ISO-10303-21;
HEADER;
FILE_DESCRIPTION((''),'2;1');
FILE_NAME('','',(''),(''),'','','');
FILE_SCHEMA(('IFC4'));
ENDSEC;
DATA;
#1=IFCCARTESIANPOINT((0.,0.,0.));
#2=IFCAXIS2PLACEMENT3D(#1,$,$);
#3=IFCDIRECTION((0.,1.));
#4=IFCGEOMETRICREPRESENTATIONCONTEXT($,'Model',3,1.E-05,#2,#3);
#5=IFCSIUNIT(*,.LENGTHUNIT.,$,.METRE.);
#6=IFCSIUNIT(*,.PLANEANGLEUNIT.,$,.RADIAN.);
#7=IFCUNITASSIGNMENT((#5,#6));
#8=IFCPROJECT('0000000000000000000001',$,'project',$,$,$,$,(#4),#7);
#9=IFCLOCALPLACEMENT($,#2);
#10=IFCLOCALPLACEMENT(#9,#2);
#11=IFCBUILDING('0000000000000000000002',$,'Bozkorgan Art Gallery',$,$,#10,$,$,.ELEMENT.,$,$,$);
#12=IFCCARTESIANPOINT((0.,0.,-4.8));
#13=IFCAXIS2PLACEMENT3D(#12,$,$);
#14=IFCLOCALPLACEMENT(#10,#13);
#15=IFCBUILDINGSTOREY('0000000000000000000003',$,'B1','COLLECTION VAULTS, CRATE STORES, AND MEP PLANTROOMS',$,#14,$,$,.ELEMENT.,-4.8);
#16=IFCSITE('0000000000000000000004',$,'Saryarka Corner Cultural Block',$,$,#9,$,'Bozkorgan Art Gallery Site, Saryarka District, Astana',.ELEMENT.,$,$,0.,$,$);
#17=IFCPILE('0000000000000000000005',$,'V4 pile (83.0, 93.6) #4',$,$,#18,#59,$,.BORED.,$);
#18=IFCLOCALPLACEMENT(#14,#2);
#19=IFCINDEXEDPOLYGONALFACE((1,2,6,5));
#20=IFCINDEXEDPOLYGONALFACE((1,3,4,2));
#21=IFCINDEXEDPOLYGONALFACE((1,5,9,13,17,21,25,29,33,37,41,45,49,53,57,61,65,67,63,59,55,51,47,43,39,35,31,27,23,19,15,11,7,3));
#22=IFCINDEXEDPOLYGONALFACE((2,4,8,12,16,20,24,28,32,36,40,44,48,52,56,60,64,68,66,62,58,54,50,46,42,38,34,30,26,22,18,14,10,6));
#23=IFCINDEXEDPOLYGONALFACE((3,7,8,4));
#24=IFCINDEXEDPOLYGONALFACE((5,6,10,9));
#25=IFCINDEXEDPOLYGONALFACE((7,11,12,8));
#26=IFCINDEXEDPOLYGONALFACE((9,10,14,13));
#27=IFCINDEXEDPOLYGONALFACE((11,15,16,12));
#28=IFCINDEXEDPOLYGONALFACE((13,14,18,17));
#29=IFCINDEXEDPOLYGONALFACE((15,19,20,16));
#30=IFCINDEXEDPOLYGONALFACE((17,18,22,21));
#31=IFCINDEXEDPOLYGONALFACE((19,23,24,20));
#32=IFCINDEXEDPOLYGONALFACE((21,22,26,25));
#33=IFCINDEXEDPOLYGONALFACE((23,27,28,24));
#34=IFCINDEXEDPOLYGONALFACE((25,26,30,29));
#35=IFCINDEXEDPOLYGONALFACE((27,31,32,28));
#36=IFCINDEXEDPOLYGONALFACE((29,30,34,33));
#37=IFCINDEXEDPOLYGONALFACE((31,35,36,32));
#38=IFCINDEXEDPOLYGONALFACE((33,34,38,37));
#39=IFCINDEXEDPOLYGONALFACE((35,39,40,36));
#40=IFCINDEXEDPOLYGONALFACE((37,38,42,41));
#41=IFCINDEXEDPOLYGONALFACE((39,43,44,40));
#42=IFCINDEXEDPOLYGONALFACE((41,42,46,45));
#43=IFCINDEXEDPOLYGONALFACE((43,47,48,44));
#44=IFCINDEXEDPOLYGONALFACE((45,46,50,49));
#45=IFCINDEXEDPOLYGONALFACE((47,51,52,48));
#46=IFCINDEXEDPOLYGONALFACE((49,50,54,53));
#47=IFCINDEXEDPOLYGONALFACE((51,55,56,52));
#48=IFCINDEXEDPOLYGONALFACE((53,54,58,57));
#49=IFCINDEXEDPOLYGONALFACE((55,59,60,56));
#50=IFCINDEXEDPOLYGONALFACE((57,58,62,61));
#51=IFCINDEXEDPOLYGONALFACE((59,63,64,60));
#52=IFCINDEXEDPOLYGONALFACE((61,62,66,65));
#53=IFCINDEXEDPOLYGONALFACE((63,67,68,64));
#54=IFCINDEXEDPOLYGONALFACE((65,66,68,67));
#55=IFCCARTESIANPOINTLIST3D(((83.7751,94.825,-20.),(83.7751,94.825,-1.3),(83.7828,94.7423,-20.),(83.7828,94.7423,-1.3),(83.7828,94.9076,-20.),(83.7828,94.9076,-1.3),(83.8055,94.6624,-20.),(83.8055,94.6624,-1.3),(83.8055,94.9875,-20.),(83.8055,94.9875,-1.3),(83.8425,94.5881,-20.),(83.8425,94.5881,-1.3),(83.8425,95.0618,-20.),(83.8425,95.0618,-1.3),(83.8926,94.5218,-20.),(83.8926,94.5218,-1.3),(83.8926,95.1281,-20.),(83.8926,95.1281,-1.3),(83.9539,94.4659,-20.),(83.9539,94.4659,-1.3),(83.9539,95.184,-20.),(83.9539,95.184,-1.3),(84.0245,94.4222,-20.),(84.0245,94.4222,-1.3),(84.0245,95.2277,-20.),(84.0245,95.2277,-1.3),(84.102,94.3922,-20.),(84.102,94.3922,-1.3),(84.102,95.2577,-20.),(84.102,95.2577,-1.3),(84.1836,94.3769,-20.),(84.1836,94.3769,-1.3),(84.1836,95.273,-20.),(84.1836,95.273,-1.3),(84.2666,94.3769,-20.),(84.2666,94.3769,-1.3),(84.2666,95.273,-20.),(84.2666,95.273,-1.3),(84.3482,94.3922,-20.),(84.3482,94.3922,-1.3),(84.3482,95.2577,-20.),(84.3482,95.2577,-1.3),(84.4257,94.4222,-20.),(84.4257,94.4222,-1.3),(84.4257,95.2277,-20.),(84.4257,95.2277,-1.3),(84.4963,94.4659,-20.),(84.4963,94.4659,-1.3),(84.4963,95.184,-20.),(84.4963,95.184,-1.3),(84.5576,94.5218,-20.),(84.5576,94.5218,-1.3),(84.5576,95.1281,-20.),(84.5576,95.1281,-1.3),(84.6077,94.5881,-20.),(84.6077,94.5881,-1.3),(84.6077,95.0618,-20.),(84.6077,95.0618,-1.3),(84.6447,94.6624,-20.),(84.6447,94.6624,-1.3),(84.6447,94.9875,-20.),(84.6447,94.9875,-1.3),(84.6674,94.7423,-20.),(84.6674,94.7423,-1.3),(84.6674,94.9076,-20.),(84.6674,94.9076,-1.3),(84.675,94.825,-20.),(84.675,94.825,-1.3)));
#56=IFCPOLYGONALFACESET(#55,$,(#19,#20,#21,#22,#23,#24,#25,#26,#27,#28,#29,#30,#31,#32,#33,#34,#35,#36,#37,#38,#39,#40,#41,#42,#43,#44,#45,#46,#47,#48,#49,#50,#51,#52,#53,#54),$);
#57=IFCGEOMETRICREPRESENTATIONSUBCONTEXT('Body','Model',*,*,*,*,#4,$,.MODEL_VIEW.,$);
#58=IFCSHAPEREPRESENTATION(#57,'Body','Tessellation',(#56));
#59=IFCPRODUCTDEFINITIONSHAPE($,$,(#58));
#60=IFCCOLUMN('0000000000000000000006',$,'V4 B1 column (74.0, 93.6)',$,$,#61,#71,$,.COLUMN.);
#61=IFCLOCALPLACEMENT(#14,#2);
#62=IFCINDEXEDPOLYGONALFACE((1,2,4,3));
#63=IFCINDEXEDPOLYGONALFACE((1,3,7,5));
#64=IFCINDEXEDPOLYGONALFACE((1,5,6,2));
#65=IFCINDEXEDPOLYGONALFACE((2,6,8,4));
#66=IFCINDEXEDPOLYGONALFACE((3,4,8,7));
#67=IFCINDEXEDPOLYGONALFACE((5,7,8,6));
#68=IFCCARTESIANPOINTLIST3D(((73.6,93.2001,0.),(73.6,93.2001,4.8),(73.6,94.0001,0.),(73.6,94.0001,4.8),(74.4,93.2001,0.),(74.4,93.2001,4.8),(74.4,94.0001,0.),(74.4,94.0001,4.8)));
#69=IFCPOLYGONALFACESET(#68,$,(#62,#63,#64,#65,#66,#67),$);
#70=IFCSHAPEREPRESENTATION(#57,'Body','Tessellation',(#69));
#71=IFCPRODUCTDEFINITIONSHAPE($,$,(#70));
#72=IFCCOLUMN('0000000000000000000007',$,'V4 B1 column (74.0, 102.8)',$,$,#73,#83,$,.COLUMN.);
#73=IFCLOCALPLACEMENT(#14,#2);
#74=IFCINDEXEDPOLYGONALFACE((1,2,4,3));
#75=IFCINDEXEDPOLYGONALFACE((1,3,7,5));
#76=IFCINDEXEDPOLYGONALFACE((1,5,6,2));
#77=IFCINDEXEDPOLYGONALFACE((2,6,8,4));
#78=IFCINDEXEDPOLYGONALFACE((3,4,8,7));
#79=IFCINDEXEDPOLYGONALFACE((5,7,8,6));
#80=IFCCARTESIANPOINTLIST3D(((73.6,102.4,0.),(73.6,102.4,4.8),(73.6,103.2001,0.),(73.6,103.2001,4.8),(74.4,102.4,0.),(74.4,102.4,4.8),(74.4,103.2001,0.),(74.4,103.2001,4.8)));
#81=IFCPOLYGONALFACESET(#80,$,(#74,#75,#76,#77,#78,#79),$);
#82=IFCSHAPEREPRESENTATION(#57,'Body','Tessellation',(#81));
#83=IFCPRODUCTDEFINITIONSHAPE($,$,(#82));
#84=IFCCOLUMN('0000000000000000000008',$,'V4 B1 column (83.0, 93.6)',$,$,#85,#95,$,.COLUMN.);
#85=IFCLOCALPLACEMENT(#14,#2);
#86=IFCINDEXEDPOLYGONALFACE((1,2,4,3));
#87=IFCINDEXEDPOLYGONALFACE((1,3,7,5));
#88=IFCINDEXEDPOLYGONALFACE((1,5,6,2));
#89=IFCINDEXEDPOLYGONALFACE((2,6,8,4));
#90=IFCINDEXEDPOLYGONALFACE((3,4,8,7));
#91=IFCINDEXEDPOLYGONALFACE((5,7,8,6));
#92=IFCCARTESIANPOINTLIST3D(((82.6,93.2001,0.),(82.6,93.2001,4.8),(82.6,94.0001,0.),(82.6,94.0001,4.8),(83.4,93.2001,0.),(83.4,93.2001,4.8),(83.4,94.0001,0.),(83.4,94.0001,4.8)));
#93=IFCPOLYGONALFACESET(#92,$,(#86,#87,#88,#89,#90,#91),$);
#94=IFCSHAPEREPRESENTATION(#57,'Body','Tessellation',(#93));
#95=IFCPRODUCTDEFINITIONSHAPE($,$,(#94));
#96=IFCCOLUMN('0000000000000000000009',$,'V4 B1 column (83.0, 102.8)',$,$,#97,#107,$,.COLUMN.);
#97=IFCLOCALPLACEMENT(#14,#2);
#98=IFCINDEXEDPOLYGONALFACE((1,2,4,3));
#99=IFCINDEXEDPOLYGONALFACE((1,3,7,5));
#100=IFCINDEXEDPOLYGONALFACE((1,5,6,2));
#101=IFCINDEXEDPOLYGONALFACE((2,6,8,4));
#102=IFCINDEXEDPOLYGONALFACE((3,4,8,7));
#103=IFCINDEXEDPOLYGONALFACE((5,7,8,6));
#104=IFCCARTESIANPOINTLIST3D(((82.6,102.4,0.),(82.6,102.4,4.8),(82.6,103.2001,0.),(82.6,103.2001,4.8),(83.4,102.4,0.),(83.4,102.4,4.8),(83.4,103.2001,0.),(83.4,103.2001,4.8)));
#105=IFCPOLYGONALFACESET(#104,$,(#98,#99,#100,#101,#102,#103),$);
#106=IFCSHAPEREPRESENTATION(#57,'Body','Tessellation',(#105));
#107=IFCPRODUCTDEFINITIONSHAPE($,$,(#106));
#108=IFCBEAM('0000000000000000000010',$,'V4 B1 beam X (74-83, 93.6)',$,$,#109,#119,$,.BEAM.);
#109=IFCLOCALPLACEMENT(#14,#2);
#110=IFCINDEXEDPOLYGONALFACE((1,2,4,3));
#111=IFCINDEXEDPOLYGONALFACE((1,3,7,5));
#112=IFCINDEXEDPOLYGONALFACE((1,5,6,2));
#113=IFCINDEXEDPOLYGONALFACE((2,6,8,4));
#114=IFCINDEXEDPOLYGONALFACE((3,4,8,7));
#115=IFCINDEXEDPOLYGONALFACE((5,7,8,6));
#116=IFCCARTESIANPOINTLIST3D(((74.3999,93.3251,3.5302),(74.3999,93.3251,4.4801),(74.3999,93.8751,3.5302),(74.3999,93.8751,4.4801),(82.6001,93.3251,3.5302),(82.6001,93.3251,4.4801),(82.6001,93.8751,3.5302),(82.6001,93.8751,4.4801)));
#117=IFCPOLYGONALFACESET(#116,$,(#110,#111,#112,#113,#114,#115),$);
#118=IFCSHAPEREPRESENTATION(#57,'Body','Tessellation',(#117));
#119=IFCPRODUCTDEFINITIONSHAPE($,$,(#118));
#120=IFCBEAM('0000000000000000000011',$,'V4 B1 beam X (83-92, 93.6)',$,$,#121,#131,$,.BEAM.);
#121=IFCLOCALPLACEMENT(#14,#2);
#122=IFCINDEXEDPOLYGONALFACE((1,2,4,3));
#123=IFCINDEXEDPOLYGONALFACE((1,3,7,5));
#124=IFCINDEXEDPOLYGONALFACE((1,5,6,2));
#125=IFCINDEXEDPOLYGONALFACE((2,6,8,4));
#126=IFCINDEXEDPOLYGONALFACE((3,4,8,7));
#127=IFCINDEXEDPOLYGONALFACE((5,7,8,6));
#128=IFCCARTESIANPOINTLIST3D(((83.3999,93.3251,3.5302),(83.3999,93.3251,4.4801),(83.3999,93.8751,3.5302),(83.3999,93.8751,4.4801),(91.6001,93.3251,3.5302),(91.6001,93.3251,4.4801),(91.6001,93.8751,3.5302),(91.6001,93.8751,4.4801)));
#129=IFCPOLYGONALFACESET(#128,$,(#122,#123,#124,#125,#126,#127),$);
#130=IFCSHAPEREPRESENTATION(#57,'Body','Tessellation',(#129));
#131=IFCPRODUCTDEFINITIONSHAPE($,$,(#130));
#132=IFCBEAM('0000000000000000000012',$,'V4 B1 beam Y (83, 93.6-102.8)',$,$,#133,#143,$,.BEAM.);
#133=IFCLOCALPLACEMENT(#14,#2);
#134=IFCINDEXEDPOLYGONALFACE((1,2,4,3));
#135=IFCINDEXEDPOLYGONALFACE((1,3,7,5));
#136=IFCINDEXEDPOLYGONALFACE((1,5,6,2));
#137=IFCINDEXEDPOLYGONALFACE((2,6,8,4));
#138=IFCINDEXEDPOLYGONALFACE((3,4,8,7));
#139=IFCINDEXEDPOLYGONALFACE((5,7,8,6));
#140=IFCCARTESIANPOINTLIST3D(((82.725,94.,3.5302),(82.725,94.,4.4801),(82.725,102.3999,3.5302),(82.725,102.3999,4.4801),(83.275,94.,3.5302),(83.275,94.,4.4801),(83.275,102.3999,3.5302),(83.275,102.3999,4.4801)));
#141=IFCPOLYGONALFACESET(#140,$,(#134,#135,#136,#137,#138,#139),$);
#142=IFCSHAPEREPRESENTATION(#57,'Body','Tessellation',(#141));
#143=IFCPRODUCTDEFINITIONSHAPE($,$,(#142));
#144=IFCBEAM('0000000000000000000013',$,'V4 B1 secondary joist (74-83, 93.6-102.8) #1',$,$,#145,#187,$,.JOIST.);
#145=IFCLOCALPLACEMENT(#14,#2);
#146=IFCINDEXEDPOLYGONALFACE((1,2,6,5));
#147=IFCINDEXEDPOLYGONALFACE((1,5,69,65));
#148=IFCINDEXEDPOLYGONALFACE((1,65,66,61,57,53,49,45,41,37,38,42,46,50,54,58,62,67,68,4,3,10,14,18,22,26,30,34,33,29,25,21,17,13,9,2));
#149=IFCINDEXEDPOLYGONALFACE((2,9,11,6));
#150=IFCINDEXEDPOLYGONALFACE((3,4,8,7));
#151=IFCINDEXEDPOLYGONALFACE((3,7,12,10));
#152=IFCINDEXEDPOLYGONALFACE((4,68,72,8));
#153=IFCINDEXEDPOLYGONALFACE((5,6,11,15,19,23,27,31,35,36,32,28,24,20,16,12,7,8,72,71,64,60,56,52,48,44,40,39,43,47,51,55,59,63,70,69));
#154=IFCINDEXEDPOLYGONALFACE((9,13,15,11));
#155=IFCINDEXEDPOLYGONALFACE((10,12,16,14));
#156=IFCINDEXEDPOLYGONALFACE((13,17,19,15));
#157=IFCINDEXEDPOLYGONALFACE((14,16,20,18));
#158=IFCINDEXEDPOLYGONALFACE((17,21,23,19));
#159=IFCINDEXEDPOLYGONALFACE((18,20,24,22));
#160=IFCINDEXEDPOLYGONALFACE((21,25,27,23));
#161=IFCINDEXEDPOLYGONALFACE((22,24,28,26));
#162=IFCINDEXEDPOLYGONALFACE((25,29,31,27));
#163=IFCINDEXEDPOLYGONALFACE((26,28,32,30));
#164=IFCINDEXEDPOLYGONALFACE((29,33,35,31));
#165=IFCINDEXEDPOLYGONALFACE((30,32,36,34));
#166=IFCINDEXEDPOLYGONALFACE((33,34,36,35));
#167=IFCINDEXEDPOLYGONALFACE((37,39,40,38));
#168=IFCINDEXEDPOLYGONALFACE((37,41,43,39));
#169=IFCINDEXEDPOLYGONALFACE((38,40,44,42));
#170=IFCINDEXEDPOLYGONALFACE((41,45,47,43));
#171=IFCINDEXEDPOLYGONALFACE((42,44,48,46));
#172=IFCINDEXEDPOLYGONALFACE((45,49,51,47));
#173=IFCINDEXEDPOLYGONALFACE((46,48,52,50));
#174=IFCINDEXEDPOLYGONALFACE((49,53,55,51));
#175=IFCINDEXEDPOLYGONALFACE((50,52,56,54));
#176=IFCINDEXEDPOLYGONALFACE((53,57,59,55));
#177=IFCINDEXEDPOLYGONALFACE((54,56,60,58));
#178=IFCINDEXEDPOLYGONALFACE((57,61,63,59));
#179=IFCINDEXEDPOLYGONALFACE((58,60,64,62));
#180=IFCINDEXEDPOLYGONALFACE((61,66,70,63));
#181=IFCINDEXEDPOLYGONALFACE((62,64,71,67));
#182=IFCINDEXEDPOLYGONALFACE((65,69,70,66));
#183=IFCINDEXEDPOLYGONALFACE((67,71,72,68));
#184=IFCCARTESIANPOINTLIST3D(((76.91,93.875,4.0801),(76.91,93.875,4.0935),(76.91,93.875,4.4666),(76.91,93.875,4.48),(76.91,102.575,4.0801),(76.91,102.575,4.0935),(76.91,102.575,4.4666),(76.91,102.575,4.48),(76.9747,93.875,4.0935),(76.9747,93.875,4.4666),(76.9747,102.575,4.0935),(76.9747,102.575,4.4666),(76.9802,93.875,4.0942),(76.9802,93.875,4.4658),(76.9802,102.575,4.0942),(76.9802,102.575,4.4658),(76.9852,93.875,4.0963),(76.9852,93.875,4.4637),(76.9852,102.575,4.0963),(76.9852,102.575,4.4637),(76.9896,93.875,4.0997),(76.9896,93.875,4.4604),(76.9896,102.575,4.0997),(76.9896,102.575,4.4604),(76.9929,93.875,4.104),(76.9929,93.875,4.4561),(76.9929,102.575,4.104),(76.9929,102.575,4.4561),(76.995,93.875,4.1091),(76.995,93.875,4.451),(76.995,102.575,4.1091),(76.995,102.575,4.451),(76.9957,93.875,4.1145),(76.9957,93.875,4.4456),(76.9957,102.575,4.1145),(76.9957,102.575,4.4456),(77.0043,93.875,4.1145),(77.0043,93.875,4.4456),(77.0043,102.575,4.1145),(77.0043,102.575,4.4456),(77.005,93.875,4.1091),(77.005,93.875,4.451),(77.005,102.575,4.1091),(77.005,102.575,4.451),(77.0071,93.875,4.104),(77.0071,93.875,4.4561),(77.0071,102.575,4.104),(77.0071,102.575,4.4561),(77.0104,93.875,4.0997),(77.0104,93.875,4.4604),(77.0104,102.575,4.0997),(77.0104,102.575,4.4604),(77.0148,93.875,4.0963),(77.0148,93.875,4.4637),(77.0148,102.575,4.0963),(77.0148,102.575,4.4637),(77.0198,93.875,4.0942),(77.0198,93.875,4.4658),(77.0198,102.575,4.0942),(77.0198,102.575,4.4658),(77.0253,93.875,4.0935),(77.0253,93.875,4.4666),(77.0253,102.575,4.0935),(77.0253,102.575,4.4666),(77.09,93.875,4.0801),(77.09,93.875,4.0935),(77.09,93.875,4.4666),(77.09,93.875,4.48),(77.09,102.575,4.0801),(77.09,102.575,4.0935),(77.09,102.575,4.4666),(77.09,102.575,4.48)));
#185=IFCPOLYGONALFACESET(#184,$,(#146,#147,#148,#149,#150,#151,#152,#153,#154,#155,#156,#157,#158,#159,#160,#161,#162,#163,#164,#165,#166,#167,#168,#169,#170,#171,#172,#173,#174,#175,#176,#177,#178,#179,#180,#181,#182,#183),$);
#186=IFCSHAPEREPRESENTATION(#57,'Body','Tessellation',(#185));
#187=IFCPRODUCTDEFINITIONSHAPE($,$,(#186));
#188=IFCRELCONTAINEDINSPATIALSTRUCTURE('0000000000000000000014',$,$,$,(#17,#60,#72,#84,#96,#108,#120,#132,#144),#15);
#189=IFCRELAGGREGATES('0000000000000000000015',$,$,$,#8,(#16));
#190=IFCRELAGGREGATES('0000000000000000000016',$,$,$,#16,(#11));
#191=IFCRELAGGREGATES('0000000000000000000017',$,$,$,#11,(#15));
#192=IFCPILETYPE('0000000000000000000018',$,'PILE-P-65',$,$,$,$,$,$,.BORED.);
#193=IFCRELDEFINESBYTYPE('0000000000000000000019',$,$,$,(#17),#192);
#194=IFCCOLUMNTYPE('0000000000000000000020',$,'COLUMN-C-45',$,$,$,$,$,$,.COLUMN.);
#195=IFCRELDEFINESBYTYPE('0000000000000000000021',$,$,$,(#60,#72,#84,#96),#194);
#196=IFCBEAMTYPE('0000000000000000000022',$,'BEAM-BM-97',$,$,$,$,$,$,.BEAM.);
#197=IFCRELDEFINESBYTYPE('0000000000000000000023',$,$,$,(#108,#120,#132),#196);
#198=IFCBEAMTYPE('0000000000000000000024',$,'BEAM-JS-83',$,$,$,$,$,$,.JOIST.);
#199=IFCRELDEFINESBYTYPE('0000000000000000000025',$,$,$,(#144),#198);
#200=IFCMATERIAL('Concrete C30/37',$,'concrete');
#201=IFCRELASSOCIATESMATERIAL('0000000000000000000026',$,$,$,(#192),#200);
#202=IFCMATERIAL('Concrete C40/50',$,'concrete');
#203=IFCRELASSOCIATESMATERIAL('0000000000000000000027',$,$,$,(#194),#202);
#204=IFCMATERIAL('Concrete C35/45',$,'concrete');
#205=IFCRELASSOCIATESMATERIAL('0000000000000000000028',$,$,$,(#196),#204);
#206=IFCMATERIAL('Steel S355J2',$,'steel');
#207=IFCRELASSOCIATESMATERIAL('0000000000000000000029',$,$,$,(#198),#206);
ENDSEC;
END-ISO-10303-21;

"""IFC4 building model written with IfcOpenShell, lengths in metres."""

from ifc_helpers import new_model, si_unit, direction, frame, origin, origin_2d, place, context, subcontext, project, spatial, rectangle, circle, i_section, extrude, material, material_profile, profile_set, type_object, element, save


model = new_model("IFC4")

# Units and contexts
model_context = context("Model", 3, precision=1e-05, world=origin(), true_north=direction((0.0, 1.0)))
body_context = subcontext(model_context, "Body", "Model", "MODEL_VIEW")
ifc_project = project(units=[si_unit("LENGTHUNIT", "METRE"), si_unit("PLANEANGLEUNIT", "RADIAN")], contexts=[model_context])

# Site, building, storey
site_placement = place(None, origin())
site = spatial("IfcSite", under=ifc_project, at=site_placement, Name="Saryarka Corner Cultural Block", LongName="Bozkorgan Art Gallery Site, Saryarka District, Astana", CompositionType="ELEMENT", RefElevation=0.0)
building_placement = place(site_placement, origin())
building = spatial("IfcBuilding", under=site, at=building_placement, Name="Bozkorgan Art Gallery", CompositionType="ELEMENT")
storey_placement = place(building_placement, frame((0.0, 0.0, -4.8)))
storey = spatial("IfcBuildingStorey", under=building, at=storey_placement, Name="B1", Description="COLLECTION VAULTS, CRATE STORES, AND MEP PLANTROOMS", CompositionType="ELEMENT", Elevation=-4.8)

# Shared definitions
ifc_material_1 = material(Name="Concrete C30/37", Category="concrete")

# Pile
ifc_material_profile_1 = material_profile(ifc_material_1, circle(Radius=0.45, at=origin_2d()), Name="PILE D900")
ifc_profile_set_1 = profile_set([ifc_material_profile_1], Name="Concrete C30/37")
pile_type_1 = type_object("IfcPileType", Name="PILE-P-65", PredefinedType="BORED", material=ifc_profile_set_1)
for number, where, z_axis, x_axis, name in (
    (1, (84.2251, 94.825, -1.3), (0.0, 0.0, -1.0), (1.0, 0.0, 0.0), "V4 pile (83.0, 93.6) #4"),
):
    element("IfcPile", number, at=place(storey_placement, frame(where, z_axis=z_axis, x_axis=x_axis)), inside=storey, type_object=pile_type_1, Name=name, PredefinedType="BORED", context=body_context, shape_type="SweptSolid", body=[
        extrude(circle(Radius=0.45, at=origin_2d()), origin(), (0.0, 0.0, 1.0), 18.7),
    ])

# Columns
ifc_material_2 = material(Name="Concrete C40/50", Category="concrete")
ifc_material_profile_2 = material_profile(ifc_material_2, rectangle(XDim=0.8, YDim=0.8, at=origin_2d()), Name="RC 800x800")
ifc_profile_set_2 = profile_set([ifc_material_profile_2], Name="Concrete C40/50")
column_type = type_object("IfcColumnType", Name="COLUMN-C-45", PredefinedType="COLUMN", material=ifc_profile_set_2)
for number, where, z_axis, x_axis, name in (
    (2, (74.0, 93.6001, 0.0), (0.0, 0.0, 1.0), (1.0, 0.0, 0.0), "V4 B1 column (74.0, 93.6)"),
    (3, (74.0, 102.8, 0.0), (0.0, 0.0, 1.0), (1.0, 0.0, 0.0), "V4 B1 column (74.0, 102.8)"),
    (4, (83.0, 93.6001, 0.0), (0.0, 0.0, 1.0), (1.0, 0.0, 0.0), "V4 B1 column (83.0, 93.6)"),
    (5, (83.0, 102.8, 0.0), (0.0, 0.0, 1.0), (1.0, 0.0, 0.0), "V4 B1 column (83.0, 102.8)"),
):
    element("IfcColumn", number, at=place(storey_placement, frame(where, z_axis=z_axis, x_axis=x_axis)), inside=storey, type_object=column_type, Name=name, PredefinedType="COLUMN", context=body_context, shape_type="SweptSolid", body=[
        extrude(rectangle(XDim=0.8, YDim=0.8, at=origin_2d()), origin(), (0.0, 0.0, 1.0), 4.8),
    ])

# Beams
ifc_material_3 = material(Name="Concrete C35/45", Category="concrete")
ifc_material_profile_3 = material_profile(ifc_material_3, rectangle(XDim=0.55, YDim=0.95, at=origin_2d()), Name="RC 550x950")
ifc_profile_set_3 = profile_set([ifc_material_profile_3], Name="Concrete C35/45")
beam_type_1 = type_object("IfcBeamType", Name="BEAM-BM-97", PredefinedType="BEAM", material=ifc_profile_set_3)
for number, where, z_axis, x_axis, name in (
    (6, (74.3999, 93.6001, 4.0051), (1.0, 0.0, 0.0), (0.0, 1.0, 0.0), "V4 B1 beam X (74-83, 93.6)"),
    (7, (83.3999, 93.6001, 4.0051), (1.0, 0.0, 0.0), (0.0, 1.0, 0.0), "V4 B1 beam X (83-92, 93.6)"),
):
    element("IfcBeam", number, at=place(storey_placement, frame(where, z_axis=z_axis, x_axis=x_axis)), inside=storey, type_object=beam_type_1, Name=name, PredefinedType="BEAM", context=body_context, shape_type="SweptSolid", body=[
        extrude(rectangle(XDim=0.55, YDim=0.95, at=origin_2d()), origin(), (0.0, 0.0, 1.0), 8.2002),
    ])
beam_1_placement = place(storey_placement, frame((83.0, 94.0, 4.0051), z_axis=(0.0, 1.0, 0.0), x_axis=(-1.0, 0.0, 0.0)))
element("IfcBeam", 8, at=beam_1_placement, inside=storey, type_object=beam_type_1, Name="V4 B1 beam Y (83, 93.6-102.8)", PredefinedType="BEAM", context=body_context, shape_type="SweptSolid", body=[
    extrude(rectangle(XDim=0.55, YDim=0.95, at=origin_2d()), origin(), (0.0, 0.0, 1.0), 8.3999),
])
ifc_material_4 = material(Name="Steel S355J2", Category="steel")
ifc_material_profile_4 = material_profile(ifc_material_4, i_section(OverallWidth=0.1799, OverallDepth=0.3999, WebThickness=0.0085, FlangeThickness=0.0134, FilletRadius=0.021, at=origin_2d()), Name="IPE 400")
ifc_profile_set_4 = profile_set([ifc_material_profile_4], Name="Steel S355J2")
beam_type_2 = type_object("IfcBeamType", Name="BEAM-JS-83", PredefinedType="JOIST", material=ifc_profile_set_4)
for number, where, z_axis, x_axis, name in (
    (9, (77.0, 93.875, 4.28), (0.0, 1.0, 0.0), (-1.0, 0.0, 0.0), "V4 B1 secondary joist (74-83, 93.6-102.8) #1"),
):
    element("IfcBeam", number, at=place(storey_placement, frame(where, z_axis=z_axis, x_axis=x_axis)), inside=storey, type_object=beam_type_2, Name=name, PredefinedType="JOIST", context=body_context, shape_type="SweptSolid", body=[
        extrude(i_section(OverallWidth=0.1799, OverallDepth=0.3999, WebThickness=0.0085, FlangeThickness=0.0134, FilletRadius=0.021, at=origin_2d()), origin(), (0.0, 0.0, 1.0), 8.7),
    ])

save(model, "model.ifc")
